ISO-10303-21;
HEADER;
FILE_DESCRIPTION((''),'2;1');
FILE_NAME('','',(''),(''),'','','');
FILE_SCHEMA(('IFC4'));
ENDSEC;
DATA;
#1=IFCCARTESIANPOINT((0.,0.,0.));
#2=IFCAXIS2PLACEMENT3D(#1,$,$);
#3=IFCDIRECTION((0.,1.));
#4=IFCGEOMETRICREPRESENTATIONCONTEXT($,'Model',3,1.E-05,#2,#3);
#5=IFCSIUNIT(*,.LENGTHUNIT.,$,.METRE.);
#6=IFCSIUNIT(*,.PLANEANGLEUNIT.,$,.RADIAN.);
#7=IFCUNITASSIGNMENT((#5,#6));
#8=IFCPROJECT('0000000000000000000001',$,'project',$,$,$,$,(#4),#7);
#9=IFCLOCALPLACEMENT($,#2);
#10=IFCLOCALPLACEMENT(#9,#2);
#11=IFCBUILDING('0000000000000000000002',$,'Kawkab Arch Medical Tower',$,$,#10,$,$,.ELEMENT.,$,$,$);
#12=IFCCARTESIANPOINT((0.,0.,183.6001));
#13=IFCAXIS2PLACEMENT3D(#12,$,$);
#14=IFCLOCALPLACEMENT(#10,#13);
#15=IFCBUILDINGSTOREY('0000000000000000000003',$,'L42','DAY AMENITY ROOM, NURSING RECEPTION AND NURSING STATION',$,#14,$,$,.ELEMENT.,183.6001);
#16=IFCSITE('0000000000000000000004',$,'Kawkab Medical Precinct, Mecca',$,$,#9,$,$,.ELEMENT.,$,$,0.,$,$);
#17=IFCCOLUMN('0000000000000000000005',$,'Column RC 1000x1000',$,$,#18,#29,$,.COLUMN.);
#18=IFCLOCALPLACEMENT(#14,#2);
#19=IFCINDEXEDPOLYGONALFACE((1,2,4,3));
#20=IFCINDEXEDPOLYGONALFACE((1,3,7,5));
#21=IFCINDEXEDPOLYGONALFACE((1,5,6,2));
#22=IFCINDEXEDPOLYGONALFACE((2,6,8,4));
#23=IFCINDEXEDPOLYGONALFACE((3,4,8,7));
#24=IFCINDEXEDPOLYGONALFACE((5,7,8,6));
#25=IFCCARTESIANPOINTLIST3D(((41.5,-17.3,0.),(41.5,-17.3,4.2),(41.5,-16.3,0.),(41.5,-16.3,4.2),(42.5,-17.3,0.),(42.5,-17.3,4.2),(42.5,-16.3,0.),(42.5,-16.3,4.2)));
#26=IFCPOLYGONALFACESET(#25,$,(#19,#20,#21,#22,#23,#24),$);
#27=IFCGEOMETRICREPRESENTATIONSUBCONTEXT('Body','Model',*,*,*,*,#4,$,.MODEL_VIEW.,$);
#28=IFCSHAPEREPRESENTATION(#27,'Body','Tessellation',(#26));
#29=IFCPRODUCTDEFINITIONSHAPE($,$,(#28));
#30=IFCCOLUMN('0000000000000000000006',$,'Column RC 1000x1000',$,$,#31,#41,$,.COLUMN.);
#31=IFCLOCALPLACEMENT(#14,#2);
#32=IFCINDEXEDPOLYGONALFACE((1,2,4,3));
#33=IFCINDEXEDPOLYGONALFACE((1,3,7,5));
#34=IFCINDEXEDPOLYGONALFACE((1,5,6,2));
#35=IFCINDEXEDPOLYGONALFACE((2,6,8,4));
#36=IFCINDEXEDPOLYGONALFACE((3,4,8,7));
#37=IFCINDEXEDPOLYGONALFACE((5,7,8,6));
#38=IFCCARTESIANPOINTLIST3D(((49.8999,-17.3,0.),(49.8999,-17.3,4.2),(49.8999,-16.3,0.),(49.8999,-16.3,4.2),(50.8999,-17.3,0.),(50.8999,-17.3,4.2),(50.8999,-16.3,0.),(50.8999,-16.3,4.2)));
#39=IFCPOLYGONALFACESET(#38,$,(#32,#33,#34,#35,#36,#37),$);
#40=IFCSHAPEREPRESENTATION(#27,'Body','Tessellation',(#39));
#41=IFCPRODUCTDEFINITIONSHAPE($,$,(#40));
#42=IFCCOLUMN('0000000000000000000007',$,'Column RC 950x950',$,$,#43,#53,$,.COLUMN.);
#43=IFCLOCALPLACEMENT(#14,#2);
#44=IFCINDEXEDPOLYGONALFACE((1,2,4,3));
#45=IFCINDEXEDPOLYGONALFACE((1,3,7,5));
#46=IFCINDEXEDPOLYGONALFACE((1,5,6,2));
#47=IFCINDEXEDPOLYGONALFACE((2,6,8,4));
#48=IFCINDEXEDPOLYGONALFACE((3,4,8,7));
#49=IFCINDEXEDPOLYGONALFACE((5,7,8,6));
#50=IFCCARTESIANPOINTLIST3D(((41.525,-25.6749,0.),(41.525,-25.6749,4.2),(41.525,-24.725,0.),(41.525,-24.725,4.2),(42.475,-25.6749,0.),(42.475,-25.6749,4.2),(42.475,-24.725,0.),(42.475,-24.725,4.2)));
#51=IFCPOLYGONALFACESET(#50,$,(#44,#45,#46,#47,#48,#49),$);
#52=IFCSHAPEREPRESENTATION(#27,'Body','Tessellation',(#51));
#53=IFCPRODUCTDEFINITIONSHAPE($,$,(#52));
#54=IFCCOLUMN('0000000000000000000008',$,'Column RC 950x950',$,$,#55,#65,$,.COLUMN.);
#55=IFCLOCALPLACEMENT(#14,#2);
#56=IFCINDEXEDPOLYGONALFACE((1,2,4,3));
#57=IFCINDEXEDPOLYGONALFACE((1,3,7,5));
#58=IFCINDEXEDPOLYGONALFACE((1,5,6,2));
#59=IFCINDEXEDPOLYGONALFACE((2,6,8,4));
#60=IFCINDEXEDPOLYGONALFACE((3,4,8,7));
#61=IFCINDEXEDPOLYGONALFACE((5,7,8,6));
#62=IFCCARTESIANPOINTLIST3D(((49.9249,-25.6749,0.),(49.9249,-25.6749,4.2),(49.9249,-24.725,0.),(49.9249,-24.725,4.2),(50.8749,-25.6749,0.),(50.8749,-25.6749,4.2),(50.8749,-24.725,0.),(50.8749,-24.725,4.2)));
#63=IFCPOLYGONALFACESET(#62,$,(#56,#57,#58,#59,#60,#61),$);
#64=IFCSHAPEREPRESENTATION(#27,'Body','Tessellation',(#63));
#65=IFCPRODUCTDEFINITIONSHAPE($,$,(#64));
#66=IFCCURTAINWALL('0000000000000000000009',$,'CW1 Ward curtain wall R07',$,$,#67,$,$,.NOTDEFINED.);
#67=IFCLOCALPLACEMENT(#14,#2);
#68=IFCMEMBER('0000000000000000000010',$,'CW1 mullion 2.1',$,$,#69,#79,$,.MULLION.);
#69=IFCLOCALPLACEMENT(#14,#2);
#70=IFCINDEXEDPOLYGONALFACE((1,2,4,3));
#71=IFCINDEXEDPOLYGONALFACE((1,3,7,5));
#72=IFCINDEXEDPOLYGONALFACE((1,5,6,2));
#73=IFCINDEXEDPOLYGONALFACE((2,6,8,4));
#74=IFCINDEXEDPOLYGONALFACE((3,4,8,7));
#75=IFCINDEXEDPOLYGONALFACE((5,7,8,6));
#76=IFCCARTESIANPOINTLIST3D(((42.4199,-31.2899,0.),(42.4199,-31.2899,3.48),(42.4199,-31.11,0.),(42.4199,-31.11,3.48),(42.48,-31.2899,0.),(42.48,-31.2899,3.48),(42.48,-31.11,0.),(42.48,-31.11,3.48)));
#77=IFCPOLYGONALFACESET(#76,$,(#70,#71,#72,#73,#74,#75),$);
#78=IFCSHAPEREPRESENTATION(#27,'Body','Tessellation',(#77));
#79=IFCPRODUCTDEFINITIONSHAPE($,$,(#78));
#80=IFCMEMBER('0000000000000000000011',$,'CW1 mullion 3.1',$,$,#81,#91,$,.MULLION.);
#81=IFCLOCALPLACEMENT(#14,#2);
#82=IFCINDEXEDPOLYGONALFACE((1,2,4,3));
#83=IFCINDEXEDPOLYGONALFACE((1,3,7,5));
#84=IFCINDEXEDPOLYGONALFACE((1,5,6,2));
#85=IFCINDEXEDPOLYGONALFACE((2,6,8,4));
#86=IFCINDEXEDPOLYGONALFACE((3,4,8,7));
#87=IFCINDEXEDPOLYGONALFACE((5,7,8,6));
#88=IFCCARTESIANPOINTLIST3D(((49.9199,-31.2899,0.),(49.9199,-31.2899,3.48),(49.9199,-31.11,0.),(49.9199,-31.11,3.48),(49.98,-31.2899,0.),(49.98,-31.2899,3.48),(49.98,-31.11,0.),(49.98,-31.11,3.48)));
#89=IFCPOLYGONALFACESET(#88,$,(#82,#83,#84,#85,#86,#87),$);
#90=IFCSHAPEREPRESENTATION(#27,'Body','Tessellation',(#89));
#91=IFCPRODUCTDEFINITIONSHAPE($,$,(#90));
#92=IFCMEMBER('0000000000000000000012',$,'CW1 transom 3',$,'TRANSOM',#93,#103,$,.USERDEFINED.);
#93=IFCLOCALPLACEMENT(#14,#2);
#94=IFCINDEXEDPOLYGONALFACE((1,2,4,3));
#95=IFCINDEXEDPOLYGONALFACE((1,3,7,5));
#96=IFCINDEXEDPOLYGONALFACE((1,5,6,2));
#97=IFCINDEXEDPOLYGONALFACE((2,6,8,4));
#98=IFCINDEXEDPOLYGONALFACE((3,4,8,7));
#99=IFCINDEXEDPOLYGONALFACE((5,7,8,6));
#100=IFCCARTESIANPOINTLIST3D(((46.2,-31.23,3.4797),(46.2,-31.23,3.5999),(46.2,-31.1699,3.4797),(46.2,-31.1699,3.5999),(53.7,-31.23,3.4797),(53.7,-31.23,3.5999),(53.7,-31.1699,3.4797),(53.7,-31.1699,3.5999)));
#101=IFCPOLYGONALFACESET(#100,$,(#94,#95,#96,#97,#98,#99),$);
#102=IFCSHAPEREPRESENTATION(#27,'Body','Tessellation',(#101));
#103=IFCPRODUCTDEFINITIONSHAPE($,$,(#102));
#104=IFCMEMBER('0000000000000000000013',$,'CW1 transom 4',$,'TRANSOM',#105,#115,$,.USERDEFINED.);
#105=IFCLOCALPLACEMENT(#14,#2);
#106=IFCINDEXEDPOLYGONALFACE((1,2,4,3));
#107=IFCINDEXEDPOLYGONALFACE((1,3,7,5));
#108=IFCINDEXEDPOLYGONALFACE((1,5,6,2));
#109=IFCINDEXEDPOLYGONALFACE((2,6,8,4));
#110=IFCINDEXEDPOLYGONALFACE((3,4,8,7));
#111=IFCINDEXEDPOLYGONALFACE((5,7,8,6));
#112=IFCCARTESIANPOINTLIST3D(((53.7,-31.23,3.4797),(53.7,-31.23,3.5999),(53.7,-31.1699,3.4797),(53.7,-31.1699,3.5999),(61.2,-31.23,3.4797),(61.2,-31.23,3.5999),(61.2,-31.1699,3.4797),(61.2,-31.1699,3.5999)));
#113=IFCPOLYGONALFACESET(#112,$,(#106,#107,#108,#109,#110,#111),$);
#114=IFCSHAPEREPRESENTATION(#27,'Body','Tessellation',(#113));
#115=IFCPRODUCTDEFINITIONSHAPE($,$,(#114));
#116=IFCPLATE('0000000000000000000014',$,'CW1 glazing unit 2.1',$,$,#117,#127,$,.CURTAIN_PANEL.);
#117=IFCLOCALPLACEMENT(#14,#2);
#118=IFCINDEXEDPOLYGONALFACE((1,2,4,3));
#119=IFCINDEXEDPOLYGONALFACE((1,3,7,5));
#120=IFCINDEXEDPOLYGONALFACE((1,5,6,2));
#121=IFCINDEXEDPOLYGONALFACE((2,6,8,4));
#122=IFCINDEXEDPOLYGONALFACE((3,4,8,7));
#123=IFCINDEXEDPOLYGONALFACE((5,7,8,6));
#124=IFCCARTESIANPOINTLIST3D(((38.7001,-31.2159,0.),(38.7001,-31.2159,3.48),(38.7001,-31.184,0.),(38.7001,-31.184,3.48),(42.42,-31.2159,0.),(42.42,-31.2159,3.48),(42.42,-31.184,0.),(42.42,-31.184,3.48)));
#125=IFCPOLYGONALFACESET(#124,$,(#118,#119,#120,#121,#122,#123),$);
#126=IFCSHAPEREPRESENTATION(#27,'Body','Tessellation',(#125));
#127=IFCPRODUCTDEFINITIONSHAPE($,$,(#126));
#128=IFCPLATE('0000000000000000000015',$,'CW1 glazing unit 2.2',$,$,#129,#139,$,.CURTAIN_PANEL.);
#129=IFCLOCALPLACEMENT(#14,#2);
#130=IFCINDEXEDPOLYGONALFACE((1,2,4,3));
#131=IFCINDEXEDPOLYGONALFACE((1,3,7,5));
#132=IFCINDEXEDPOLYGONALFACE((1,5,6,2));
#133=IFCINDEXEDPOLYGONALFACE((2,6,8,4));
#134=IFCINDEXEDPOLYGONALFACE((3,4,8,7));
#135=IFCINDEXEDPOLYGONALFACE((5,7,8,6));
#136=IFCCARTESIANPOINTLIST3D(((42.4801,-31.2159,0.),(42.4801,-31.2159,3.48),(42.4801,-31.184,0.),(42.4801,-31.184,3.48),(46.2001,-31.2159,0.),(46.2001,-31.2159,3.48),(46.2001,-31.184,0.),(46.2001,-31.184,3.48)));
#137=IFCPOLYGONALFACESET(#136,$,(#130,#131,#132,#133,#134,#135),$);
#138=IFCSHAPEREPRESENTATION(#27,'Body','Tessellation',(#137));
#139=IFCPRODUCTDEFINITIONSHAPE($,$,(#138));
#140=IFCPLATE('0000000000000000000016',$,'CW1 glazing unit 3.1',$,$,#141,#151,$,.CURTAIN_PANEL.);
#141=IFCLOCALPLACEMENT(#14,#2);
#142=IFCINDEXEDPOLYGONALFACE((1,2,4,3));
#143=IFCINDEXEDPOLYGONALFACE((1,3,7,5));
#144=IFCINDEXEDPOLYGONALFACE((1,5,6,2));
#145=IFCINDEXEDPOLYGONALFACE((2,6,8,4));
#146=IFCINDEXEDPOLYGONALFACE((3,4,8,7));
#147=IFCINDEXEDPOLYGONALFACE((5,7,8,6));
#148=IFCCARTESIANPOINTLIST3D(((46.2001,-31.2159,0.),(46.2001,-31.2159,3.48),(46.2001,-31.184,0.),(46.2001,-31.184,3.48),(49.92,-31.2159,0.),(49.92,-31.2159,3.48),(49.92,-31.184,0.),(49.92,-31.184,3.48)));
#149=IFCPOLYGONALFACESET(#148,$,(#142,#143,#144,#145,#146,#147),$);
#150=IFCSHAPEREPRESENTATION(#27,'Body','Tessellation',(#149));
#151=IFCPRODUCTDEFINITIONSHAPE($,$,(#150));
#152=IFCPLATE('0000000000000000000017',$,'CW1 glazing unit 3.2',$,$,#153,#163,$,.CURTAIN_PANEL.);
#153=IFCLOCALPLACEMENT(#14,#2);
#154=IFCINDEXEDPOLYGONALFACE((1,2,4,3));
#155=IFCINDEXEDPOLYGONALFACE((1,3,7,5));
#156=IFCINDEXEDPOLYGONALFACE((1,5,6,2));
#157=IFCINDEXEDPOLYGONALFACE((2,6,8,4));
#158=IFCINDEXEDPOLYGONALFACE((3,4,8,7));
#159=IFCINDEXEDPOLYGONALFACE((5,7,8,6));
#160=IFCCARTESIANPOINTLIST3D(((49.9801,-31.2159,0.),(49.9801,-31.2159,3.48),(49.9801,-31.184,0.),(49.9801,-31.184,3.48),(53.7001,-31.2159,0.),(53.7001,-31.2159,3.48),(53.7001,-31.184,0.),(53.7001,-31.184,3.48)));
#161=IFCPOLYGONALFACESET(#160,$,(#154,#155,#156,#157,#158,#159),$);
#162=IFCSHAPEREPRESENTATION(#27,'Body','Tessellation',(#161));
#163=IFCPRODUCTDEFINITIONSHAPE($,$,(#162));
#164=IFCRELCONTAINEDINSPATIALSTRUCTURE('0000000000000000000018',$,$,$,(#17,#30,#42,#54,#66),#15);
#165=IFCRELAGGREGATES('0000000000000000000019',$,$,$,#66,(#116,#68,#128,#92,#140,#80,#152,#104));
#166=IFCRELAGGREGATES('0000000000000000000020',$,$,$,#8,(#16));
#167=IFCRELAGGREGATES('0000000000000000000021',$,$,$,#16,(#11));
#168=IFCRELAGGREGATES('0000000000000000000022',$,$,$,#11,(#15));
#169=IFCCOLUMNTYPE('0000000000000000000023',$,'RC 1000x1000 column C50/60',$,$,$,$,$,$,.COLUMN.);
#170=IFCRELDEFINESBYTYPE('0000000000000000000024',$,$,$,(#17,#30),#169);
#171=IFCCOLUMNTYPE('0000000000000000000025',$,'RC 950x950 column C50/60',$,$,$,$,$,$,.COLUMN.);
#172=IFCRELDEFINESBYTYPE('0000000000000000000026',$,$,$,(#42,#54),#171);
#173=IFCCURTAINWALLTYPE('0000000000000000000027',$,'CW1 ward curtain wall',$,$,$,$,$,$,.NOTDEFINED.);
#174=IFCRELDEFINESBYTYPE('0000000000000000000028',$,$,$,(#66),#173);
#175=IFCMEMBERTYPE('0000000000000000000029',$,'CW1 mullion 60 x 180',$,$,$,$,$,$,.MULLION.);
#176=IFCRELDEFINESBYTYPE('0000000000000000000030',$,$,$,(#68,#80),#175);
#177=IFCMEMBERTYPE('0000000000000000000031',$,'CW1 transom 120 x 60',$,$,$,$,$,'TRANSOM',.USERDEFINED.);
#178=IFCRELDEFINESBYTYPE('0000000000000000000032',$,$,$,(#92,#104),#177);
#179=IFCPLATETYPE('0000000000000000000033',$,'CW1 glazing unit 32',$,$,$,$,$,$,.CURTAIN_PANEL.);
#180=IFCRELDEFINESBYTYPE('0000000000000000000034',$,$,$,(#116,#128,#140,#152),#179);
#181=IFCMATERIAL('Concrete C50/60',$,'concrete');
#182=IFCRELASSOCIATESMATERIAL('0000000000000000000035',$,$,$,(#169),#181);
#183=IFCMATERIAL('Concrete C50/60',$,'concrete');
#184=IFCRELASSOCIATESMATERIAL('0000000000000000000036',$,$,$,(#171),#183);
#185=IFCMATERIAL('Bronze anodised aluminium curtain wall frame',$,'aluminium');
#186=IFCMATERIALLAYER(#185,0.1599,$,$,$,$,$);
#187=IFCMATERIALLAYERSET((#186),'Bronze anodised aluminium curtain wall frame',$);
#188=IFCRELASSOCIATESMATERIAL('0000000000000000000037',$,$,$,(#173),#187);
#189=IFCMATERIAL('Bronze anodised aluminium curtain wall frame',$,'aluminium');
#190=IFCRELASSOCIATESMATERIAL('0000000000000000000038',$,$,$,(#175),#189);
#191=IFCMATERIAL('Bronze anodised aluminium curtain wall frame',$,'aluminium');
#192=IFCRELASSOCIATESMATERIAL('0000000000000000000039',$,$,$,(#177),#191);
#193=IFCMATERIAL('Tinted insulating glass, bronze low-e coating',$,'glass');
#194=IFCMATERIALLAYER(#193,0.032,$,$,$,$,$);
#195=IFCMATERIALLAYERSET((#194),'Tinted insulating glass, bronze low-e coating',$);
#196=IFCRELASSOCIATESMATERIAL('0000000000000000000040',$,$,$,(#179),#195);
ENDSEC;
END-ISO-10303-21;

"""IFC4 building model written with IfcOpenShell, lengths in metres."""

from ifc_helpers import new_model, si_unit, direction, frame, origin, origin_2d, place, context, subcontext, project, spatial, rectangle, extrude, material, layer, layer_set, material_profile, profile_set, type_object, element, aggregate, save


model = new_model("IFC4")

# Units and contexts
model_context = context("Model", 3, precision=1e-05, world=origin(), true_north=direction((0.0, 1.0)))
body_context = subcontext(model_context, "Body", "Model", "MODEL_VIEW")
ifc_project = project(units=[si_unit("LENGTHUNIT", "METRE"), si_unit("PLANEANGLEUNIT", "RADIAN")], contexts=[model_context])

# Site, building, storey
site_placement = place(None, origin())
site = spatial("IfcSite", under=ifc_project, at=site_placement, Name="Kawkab Medical Precinct, Mecca", CompositionType="ELEMENT", RefElevation=0.0)
building_placement = place(site_placement, origin())
building = spatial("IfcBuilding", under=site, at=building_placement, Name="Kawkab Arch Medical Tower", CompositionType="ELEMENT")
storey_placement = place(building_placement, frame((0.0, 0.0, 183.6001)))
storey = spatial("IfcBuildingStorey", under=building, at=storey_placement, Name="L42", Description="DAY AMENITY ROOM, NURSING RECEPTION AND NURSING STATION", CompositionType="ELEMENT", Elevation=183.6001)

# Columns
ifc_material_1 = material(Name="Concrete C50/60", Category="concrete")
ifc_material_profile_1 = material_profile(ifc_material_1, rectangle(XDim=1.0, YDim=1.0, at=origin_2d()), Name="RC 1000x1000")
ifc_profile_set_1 = profile_set([ifc_material_profile_1], Name="Concrete C50/60")
column_type_1 = type_object("IfcColumnType", Name="RC 1000x1000 column C50/60", PredefinedType="COLUMN", material=ifc_profile_set_1)
for number, where, z_axis, x_axis, name in (
    (1, (42.0, -16.8, 0.0), (0.0, 0.0, 1.0), (1.0, 0.0, 0.0), "Column RC 1000x1000"),
    (2, (50.3999, -16.8, 0.0), (0.0, 0.0, 1.0), (1.0, 0.0, 0.0), "Column RC 1000x1000"),
):
    element("IfcColumn", number, at=place(storey_placement, frame(where, z_axis=z_axis, x_axis=x_axis)), inside=storey, type_object=column_type_1, Name=name, PredefinedType="COLUMN", context=body_context, shape_type="SweptSolid", body=[
        extrude(rectangle(XDim=1.0, YDim=1.0, at=origin_2d()), origin(), (0.0, 0.0, 1.0), 4.2),
    ])
ifc_material_2 = material(Name="Concrete C50/60", Category="concrete")
ifc_material_profile_2 = material_profile(ifc_material_2, rectangle(XDim=0.95, YDim=0.95, at=origin_2d()), Name="RC 950x950")
ifc_profile_set_2 = profile_set([ifc_material_profile_2], Name="Concrete C50/60")
column_type_2 = type_object("IfcColumnType", Name="RC 950x950 column C50/60", PredefinedType="COLUMN", material=ifc_profile_set_2)
for number, where, z_axis, x_axis, name in (
    (3, (42.0, -25.2, 0.0), (0.0, 0.0, 1.0), (1.0, 0.0, 0.0), "Column RC 950x950"),
    (4, (50.3999, -25.2, 0.0), (0.0, 0.0, 1.0), (1.0, 0.0, 0.0), "Column RC 950x950"),
):
    element("IfcColumn", number, at=place(storey_placement, frame(where, z_axis=z_axis, x_axis=x_axis)), inside=storey, type_object=column_type_2, Name=name, PredefinedType="COLUMN", context=body_context, shape_type="SweptSolid", body=[
        extrude(rectangle(XDim=0.95, YDim=0.95, at=origin_2d()), origin(), (0.0, 0.0, 1.0), 4.2),
    ])

# Curtain wall, members, plates
ifc_material_3 = material(Name="Bronze anodised aluminium curtain wall frame", Category="aluminium")
ifc_layer_1 = layer(ifc_material_3, 0.1599)
ifc_layer_set_1 = layer_set([ifc_layer_1], Name="Bronze anodised aluminium curtain wall frame")
curtain_wall_type = type_object("IfcCurtainWallType", Name="CW1 ward curtain wall", PredefinedType="NOTDEFINED", material=ifc_layer_set_1)
curtain_wall_placement = place(storey_placement, origin())
curtain_wall = element("IfcCurtainWall", 5, at=curtain_wall_placement, inside=storey, type_object=curtain_wall_type, Name="CW1 Ward curtain wall R07", PredefinedType="NOTDEFINED")
ifc_material_4 = material(Name="Bronze anodised aluminium curtain wall frame", Category="aluminium")
ifc_material_profile_3 = material_profile(ifc_material_4, rectangle(XDim=0.1799, YDim=0.0601, at=origin_2d()), Name="AL 60x180")
ifc_profile_set_3 = profile_set([ifc_material_profile_3], Name="Bronze anodised aluminium curtain wall frame")
member_type_1 = type_object("IfcMemberType", Name="CW1 mullion 60 x 180", PredefinedType="MULLION", material=ifc_profile_set_3)
member_1_placement = place(storey_placement, frame((42.45, -31.2, 0.0), z_axis=(0.0, 0.0, 1.0), x_axis=(0.0, 1.0, 0.0)))
member_1 = element("IfcMember", 6, at=member_1_placement, type_object=member_type_1, Name="CW1 mullion 2.1", PredefinedType="MULLION", context=body_context, shape_type="SweptSolid", body=[
    extrude(rectangle(XDim=0.1799, YDim=0.0601, at=origin_2d()), origin(), (0.0, 0.0, 1.0), 3.48),
])
member_2_placement = place(storey_placement, frame((49.95, -31.2, 0.0), z_axis=(0.0, 0.0, 1.0), x_axis=(0.0, 1.0, 0.0)))
member_2 = element("IfcMember", 7, at=member_2_placement, type_object=member_type_1, Name="CW1 mullion 3.1", PredefinedType="MULLION", context=body_context, shape_type="SweptSolid", body=[
    extrude(rectangle(XDim=0.1799, YDim=0.0601, at=origin_2d()), origin(), (0.0, 0.0, 1.0), 3.48),
])
ifc_material_5 = material(Name="Bronze anodised aluminium curtain wall frame", Category="aluminium")
ifc_material_profile_4 = material_profile(ifc_material_5, rectangle(XDim=0.0601, YDim=0.1201, at=origin_2d()), Name="AL 60x120")
ifc_profile_set_4 = profile_set([ifc_material_profile_4], Name="Bronze anodised aluminium curtain wall frame")
member_type_2 = type_object("IfcMemberType", Name="CW1 transom 120 x 60", ElementType="TRANSOM", PredefinedType="USERDEFINED", material=ifc_profile_set_4)
member_3_placement = place(storey_placement, frame((46.2, -31.2, 3.5398), z_axis=(1.0, 0.0, 0.0), x_axis=(0.0, 1.0, 0.0)))
member_3 = element("IfcMember", 8, at=member_3_placement, type_object=member_type_2, Name="CW1 transom 3", ObjectType="TRANSOM", PredefinedType="USERDEFINED", context=body_context, shape_type="SweptSolid", body=[
    extrude(rectangle(XDim=0.0601, YDim=0.1201, at=origin_2d()), origin(), (0.0, 0.0, 1.0), 7.5),
])
member_4_placement = place(storey_placement, frame((53.7, -31.2, 3.5398), z_axis=(1.0, 0.0, 0.0), x_axis=(0.0, 1.0, 0.0)))
member_4 = element("IfcMember", 9, at=member_4_placement, type_object=member_type_2, Name="CW1 transom 4", ObjectType="TRANSOM", PredefinedType="USERDEFINED", context=body_context, shape_type="SweptSolid", body=[
    extrude(rectangle(XDim=0.0601, YDim=0.1201, at=origin_2d()), origin(), (0.0, 0.0, 1.0), 7.5),
])
ifc_material_6 = material(Name="Tinted insulating glass, bronze low-e coating", Category="glass")
ifc_layer_2 = layer(ifc_material_6, 0.032)
ifc_layer_set_2 = layer_set([ifc_layer_2], Name="Tinted insulating glass, bronze low-e coating")
plate_type = type_object("IfcPlateType", Name="CW1 glazing unit 32", PredefinedType="CURTAIN_PANEL", material=ifc_layer_set_2)
plate_1_placement = place(storey_placement, frame((40.5601, -31.2, 0.0), z_axis=(0.0, 0.0, 1.0), x_axis=(1.0, 0.0, 0.0)))
plate_1 = element("IfcPlate", 10, at=plate_1_placement, type_object=plate_type, Name="CW1 glazing unit 2.1", PredefinedType="CURTAIN_PANEL", context=body_context, shape_type="SweptSolid", body=[
    extrude(rectangle(XDim=3.72, YDim=0.032, at=origin_2d()), origin(), (0.0, 0.0, 1.0), 3.48),
])
plate_2_placement = place(storey_placement, frame((44.3401, -31.2, 0.0), z_axis=(0.0, 0.0, 1.0), x_axis=(1.0, 0.0, 0.0)))
plate_2 = element("IfcPlate", 11, at=plate_2_placement, type_object=plate_type, Name="CW1 glazing unit 2.2", PredefinedType="CURTAIN_PANEL", context=body_context, shape_type="SweptSolid", body=[
    extrude(rectangle(XDim=3.72, YDim=0.032, at=origin_2d()), origin(), (0.0, 0.0, 1.0), 3.48),
])
plate_3_placement = place(storey_placement, frame((48.0601, -31.2, 0.0), z_axis=(0.0, 0.0, 1.0), x_axis=(1.0, 0.0, 0.0)))
plate_3 = element("IfcPlate", 12, at=plate_3_placement, type_object=plate_type, Name="CW1 glazing unit 3.1", PredefinedType="CURTAIN_PANEL", context=body_context, shape_type="SweptSolid", body=[
    extrude(rectangle(XDim=3.72, YDim=0.032, at=origin_2d()), origin(), (0.0, 0.0, 1.0), 3.48),
])
plate_4_placement = place(storey_placement, frame((51.8401, -31.2, 0.0), z_axis=(0.0, 0.0, 1.0), x_axis=(1.0, 0.0, 0.0)))
plate_4 = element("IfcPlate", 13, at=plate_4_placement, type_object=plate_type, Name="CW1 glazing unit 3.2", PredefinedType="CURTAIN_PANEL", context=body_context, shape_type="SweptSolid", body=[
    extrude(rectangle(XDim=3.72, YDim=0.032, at=origin_2d()), origin(), (0.0, 0.0, 1.0), 3.48),
])
aggregate(curtain_wall, [plate_1, member_1, plate_2, member_3, plate_3, member_2, plate_4, member_4])

save(model, "model.ifc")
